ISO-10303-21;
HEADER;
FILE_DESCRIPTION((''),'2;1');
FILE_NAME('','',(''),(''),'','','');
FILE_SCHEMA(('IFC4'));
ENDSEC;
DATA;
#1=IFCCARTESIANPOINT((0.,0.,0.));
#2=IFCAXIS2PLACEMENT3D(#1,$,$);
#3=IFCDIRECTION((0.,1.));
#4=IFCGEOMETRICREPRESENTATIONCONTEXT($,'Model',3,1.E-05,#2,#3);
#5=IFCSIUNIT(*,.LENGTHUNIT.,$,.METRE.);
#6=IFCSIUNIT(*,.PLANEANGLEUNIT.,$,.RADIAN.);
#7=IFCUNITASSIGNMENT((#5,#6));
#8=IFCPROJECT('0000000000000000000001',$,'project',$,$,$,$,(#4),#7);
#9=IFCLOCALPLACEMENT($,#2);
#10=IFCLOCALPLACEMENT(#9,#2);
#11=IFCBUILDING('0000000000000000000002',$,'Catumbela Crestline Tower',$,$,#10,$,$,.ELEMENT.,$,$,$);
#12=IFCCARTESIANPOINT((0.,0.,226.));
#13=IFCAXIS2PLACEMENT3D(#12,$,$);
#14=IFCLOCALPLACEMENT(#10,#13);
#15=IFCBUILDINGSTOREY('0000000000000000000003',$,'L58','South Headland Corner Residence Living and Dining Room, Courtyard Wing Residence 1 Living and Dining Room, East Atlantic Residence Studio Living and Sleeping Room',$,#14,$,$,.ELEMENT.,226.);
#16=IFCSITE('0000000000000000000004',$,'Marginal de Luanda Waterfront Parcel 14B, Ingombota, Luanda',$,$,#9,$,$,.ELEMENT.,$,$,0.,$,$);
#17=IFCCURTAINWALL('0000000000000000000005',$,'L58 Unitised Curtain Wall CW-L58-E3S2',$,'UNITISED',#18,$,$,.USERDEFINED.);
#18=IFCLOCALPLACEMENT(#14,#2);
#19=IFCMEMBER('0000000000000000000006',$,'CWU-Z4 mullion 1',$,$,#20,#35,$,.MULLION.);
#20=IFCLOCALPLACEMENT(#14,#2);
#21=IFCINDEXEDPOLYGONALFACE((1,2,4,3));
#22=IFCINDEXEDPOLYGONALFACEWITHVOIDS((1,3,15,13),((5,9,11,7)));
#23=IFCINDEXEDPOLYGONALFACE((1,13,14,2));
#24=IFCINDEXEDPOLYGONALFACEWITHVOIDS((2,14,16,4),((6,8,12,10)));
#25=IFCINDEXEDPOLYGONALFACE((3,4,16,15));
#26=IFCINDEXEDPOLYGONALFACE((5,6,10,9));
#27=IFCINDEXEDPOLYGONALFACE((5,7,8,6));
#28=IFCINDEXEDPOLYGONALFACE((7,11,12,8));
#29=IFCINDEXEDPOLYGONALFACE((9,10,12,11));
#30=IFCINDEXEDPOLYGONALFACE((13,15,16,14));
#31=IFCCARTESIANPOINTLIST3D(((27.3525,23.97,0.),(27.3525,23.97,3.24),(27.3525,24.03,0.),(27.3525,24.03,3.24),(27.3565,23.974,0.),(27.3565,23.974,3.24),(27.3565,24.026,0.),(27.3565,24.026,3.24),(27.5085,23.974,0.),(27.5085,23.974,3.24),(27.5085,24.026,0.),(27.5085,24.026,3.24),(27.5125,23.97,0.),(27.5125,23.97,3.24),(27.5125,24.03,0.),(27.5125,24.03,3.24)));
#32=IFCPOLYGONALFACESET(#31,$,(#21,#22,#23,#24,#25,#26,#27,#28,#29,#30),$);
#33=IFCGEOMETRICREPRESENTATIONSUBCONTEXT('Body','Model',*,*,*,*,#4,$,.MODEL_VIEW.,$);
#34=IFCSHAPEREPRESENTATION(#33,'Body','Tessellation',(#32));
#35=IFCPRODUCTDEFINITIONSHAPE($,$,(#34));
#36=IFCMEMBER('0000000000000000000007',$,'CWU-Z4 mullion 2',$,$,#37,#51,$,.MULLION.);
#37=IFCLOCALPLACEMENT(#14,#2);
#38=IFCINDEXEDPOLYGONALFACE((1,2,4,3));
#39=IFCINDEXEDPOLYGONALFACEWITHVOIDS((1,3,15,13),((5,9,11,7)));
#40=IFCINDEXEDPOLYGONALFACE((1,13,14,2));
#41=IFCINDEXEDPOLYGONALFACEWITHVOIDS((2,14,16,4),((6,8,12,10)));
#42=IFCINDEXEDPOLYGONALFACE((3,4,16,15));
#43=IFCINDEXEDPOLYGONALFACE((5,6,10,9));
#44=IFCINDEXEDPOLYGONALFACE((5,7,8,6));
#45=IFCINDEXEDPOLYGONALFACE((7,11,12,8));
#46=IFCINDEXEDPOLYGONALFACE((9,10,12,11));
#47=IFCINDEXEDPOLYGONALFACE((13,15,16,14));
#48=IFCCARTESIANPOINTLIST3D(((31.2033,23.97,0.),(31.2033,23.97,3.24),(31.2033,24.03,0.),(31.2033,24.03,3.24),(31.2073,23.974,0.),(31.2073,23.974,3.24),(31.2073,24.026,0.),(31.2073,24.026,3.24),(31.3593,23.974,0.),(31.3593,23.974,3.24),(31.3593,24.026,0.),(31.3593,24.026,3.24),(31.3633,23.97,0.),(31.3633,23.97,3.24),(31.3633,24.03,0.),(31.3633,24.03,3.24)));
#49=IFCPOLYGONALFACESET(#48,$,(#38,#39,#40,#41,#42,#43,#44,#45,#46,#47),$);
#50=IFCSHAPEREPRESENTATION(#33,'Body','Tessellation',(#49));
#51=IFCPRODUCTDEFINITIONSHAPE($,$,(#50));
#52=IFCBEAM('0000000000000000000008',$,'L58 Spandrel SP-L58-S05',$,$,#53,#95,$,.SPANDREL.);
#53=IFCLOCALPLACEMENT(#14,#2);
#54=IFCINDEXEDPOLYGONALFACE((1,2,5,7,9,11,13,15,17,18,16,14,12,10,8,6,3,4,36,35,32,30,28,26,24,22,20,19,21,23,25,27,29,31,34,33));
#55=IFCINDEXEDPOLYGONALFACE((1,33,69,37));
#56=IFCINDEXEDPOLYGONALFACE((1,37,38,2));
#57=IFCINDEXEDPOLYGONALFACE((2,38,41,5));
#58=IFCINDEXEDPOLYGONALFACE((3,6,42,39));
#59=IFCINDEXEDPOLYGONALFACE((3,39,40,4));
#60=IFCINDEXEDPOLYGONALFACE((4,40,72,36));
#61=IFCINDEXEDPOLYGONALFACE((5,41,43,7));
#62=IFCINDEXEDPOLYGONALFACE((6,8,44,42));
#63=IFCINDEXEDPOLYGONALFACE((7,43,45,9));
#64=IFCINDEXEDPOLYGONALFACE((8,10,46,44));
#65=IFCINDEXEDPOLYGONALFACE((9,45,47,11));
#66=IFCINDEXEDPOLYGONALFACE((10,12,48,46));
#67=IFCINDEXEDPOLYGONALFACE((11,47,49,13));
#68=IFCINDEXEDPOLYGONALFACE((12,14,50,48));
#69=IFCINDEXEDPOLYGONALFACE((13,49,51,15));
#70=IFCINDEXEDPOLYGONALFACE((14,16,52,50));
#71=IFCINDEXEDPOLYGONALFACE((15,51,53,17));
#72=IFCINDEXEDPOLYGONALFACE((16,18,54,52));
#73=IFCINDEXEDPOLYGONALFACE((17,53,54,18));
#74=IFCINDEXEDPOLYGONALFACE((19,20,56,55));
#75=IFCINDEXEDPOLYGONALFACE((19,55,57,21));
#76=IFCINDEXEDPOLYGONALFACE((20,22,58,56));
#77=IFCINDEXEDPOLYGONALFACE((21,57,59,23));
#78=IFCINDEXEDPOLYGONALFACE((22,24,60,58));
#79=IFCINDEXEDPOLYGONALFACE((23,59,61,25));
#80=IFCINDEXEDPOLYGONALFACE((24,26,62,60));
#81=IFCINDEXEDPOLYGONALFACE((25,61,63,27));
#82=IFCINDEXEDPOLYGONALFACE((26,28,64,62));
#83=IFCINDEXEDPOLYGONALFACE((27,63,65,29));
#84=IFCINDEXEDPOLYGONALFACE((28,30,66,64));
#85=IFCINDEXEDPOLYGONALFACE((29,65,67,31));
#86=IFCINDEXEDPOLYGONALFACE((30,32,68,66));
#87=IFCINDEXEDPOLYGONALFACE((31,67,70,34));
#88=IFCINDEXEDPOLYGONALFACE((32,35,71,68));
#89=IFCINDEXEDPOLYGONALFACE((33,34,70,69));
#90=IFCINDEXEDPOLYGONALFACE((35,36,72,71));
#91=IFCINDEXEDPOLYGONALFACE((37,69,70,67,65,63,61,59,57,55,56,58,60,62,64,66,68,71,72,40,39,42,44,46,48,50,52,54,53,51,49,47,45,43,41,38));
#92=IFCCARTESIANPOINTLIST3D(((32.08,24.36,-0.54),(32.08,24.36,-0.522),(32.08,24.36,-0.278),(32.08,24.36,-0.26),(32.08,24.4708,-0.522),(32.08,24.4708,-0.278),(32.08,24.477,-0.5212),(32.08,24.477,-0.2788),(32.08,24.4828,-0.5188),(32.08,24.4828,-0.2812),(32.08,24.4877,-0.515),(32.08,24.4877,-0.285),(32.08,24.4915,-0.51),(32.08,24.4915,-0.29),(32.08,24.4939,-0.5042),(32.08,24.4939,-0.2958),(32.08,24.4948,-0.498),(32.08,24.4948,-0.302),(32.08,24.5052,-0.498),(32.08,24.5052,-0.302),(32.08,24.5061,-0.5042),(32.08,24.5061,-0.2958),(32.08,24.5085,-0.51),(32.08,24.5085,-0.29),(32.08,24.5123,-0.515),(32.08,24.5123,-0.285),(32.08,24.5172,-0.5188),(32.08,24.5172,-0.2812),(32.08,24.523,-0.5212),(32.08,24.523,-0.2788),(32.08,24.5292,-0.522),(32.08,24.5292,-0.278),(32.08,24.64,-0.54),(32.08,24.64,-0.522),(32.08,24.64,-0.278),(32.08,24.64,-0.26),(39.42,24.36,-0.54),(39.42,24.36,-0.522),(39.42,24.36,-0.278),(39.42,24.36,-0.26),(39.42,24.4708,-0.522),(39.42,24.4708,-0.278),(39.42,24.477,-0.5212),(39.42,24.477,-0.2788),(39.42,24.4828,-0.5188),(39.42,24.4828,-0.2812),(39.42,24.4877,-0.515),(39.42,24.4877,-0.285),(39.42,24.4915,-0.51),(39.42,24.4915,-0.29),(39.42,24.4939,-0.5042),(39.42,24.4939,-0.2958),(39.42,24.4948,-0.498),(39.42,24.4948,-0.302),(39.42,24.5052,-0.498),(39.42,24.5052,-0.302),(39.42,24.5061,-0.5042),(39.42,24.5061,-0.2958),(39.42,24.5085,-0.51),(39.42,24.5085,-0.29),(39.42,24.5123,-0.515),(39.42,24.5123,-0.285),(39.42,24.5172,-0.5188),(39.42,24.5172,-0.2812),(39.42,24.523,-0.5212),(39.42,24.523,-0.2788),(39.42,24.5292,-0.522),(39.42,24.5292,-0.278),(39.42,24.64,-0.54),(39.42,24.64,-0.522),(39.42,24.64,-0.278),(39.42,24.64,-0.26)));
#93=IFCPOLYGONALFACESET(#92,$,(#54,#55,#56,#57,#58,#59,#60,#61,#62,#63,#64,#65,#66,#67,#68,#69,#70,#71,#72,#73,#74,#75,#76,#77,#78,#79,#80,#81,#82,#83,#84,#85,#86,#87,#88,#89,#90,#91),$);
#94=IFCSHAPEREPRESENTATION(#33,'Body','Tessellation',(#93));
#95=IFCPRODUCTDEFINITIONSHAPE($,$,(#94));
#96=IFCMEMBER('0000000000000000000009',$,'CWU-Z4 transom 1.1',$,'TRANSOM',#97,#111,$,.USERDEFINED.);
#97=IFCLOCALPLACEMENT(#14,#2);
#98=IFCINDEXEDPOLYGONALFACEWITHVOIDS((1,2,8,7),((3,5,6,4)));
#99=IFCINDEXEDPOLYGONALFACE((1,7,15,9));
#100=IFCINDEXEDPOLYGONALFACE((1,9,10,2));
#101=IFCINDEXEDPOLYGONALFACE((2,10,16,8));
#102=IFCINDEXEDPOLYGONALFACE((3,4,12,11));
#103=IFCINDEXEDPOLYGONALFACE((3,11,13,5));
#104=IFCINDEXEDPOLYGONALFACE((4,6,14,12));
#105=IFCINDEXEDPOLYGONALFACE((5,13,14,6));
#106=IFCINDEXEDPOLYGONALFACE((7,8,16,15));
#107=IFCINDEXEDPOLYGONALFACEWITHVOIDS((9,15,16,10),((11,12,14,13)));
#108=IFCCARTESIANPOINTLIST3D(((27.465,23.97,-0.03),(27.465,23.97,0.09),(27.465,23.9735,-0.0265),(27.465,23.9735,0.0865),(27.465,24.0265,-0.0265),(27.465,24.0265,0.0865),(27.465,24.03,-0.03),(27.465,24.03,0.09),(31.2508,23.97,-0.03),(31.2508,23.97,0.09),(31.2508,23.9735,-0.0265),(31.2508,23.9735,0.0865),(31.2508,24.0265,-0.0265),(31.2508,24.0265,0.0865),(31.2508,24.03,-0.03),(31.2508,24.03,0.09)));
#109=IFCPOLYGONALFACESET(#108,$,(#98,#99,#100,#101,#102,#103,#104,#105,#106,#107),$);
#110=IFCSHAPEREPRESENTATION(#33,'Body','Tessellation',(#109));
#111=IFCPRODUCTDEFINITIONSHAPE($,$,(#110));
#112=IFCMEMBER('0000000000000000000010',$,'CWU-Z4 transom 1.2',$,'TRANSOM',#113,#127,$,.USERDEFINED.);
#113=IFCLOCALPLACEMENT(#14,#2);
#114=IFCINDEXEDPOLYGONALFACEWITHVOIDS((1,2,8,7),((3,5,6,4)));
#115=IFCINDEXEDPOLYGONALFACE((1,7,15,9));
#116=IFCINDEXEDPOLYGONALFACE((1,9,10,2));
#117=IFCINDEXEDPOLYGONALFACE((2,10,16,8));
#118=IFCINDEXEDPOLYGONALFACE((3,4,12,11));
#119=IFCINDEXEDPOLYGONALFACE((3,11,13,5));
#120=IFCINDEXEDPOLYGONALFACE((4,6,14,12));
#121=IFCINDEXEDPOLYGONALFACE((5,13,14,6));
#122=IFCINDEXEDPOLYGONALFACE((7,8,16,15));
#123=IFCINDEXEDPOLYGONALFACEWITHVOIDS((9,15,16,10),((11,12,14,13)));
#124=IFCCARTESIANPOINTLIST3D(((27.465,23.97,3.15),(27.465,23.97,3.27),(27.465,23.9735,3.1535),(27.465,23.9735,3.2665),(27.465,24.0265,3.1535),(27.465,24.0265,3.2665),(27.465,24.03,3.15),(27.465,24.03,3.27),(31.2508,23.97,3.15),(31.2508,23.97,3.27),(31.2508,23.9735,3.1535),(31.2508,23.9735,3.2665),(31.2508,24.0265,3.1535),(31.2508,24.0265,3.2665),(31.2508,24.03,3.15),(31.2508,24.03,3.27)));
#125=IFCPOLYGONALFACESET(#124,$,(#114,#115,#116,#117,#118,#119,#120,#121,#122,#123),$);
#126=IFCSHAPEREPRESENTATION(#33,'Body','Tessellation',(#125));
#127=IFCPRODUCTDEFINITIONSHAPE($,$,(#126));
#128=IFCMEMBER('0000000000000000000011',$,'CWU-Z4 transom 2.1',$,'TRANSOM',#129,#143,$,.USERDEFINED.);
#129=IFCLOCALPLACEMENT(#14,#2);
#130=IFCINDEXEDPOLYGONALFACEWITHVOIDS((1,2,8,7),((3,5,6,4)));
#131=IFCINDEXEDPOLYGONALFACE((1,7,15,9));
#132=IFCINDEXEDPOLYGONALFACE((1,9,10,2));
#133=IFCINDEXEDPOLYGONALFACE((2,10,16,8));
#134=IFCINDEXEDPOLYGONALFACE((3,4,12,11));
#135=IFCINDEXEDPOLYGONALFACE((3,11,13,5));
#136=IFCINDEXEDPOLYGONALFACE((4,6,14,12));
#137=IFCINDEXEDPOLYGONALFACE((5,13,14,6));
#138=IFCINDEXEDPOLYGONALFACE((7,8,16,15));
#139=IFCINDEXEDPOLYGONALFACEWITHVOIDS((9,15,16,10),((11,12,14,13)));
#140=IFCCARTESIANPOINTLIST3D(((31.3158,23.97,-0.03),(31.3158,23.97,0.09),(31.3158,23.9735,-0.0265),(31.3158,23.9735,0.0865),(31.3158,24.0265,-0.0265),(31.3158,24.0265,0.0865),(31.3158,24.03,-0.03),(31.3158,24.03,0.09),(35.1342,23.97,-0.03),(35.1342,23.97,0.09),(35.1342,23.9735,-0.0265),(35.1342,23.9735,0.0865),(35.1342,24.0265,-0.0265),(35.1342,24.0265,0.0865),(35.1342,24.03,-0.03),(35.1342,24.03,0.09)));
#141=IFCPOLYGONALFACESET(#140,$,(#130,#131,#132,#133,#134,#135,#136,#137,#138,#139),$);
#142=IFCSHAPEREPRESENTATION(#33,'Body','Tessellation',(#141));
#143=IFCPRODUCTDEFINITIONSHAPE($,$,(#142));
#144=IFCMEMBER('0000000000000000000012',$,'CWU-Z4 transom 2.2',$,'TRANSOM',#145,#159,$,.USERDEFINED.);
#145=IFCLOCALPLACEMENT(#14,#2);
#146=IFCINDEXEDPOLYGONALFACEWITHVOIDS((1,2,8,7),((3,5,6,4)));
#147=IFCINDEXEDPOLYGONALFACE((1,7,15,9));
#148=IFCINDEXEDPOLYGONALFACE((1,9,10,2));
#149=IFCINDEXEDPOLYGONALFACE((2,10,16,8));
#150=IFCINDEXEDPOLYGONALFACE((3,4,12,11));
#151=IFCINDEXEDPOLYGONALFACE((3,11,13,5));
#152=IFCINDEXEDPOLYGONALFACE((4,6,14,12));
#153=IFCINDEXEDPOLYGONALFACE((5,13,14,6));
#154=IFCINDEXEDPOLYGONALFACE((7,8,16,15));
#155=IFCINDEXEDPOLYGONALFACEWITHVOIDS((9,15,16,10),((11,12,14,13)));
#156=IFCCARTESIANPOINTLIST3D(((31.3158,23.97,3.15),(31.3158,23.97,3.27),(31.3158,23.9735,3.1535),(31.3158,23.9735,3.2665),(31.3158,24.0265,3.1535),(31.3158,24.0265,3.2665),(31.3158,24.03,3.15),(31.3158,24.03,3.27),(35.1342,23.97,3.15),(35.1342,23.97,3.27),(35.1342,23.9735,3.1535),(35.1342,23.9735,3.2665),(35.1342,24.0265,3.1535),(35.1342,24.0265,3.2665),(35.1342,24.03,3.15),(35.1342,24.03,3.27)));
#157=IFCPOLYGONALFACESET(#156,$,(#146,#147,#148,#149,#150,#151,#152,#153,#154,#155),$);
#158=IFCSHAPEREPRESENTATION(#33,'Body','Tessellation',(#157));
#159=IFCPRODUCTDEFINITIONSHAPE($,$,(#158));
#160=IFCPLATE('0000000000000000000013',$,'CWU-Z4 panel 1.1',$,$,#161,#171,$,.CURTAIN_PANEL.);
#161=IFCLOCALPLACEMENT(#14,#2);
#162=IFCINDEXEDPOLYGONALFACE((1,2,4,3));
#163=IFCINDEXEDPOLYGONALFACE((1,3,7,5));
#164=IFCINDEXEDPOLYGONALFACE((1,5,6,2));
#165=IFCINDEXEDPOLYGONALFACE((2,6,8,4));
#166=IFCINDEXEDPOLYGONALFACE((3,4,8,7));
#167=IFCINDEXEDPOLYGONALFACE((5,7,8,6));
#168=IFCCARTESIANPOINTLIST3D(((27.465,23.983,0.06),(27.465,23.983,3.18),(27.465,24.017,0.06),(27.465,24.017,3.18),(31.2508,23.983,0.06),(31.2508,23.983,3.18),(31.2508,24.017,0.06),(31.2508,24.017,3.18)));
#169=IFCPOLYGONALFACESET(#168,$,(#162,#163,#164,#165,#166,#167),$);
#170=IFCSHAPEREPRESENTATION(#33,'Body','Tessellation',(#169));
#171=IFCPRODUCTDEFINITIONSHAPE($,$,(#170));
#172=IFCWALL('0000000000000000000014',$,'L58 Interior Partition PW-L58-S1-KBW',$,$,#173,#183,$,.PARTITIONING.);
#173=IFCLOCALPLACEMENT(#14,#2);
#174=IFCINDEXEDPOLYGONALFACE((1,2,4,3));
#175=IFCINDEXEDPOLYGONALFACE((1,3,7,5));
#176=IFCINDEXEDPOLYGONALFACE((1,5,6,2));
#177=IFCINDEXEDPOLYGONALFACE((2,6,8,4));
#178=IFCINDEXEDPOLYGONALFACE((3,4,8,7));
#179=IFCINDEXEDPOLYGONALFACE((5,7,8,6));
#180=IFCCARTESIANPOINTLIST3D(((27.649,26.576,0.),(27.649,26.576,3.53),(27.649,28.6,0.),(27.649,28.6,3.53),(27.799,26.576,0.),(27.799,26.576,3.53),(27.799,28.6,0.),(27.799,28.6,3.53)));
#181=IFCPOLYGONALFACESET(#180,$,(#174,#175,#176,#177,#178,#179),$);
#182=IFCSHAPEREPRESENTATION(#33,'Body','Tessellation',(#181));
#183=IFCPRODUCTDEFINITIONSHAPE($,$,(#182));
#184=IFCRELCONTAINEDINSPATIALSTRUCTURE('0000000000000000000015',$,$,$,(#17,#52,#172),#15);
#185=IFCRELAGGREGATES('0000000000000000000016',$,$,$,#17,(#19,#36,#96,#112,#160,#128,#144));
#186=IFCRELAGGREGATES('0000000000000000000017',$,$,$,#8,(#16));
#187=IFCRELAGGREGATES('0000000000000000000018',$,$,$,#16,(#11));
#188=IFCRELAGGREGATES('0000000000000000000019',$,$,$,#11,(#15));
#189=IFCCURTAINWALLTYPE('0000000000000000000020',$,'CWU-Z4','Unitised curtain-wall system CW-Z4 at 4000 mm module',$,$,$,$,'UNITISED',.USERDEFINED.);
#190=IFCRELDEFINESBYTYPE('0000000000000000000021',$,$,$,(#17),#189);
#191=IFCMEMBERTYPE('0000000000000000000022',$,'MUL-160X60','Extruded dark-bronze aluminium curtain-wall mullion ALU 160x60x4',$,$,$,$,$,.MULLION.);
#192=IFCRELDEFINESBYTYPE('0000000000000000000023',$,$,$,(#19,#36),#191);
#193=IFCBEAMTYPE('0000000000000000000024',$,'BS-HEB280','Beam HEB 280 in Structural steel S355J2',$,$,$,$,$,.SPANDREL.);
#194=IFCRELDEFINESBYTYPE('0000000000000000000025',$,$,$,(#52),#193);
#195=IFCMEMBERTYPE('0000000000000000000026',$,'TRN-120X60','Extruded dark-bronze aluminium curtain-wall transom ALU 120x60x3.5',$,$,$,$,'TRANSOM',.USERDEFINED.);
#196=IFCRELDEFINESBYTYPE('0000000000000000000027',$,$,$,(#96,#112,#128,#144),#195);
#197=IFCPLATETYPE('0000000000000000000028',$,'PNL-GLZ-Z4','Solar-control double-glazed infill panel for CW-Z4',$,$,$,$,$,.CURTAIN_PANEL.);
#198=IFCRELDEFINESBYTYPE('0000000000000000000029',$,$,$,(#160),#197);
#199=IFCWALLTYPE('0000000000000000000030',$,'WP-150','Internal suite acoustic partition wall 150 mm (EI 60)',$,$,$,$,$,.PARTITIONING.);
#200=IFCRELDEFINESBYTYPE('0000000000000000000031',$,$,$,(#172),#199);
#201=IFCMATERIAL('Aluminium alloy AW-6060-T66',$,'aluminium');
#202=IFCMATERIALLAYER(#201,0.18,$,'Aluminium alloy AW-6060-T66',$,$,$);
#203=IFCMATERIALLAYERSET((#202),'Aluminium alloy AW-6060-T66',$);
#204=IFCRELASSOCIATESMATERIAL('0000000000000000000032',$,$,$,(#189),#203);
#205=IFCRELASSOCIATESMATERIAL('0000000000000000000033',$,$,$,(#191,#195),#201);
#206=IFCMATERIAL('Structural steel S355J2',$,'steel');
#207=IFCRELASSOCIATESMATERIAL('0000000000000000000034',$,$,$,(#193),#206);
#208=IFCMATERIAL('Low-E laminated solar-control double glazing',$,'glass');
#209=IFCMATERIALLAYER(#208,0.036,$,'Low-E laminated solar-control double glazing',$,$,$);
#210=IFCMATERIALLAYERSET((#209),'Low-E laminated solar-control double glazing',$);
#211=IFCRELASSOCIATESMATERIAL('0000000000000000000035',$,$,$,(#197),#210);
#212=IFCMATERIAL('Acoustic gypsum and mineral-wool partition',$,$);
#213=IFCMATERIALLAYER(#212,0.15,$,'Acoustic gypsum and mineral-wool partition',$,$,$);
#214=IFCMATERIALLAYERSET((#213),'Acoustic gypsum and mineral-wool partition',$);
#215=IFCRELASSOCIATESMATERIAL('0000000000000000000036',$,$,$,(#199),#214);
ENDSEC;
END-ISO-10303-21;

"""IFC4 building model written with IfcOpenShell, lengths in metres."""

from ifc_helpers import new_model, si_unit, direction, frame, frame_2d, origin, origin_2d, place, context, subcontext, project, spatial, rectangle, hollow_rectangle, i_section, extrude, material, layer, layer_set, material_profile, profile_set, type_object, element, aggregate, save


model = new_model("IFC4")

# Units and contexts
model_context = context("Model", 3, precision=1e-05, world=origin(), true_north=direction((0.0, 1.0)))
body_context = subcontext(model_context, "Body", "Model", "MODEL_VIEW")
ifc_project = project(units=[si_unit("LENGTHUNIT", "METRE"), si_unit("PLANEANGLEUNIT", "RADIAN")], contexts=[model_context])

# Site, building, storey
site_placement = place(None, origin())
site = spatial("IfcSite", under=ifc_project, at=site_placement, Name="Marginal de Luanda Waterfront Parcel 14B, Ingombota, Luanda", CompositionType="ELEMENT", RefElevation=0.0)
building_placement = place(site_placement, origin())
building = spatial("IfcBuilding", under=site, at=building_placement, Name="Catumbela Crestline Tower", CompositionType="ELEMENT")
storey_placement = place(building_placement, frame((0.0, 0.0, 226.0)))
storey = spatial("IfcBuildingStorey", under=building, at=storey_placement, Name="L58", Description="South Headland Corner Residence Living and Dining Room, Courtyard Wing Residence 1 Living and Dining Room, East Atlantic Residence Studio Living and Sleeping Room", CompositionType="ELEMENT", Elevation=226.0)

# Shared definitions
ifc_material_1 = material(Name="Structural steel S355J2", Category="steel")

# Curtain wall, members
ifc_material_2 = material(Name="Aluminium alloy AW-6060-T66", Category="aluminium")
ifc_layer_1 = layer(ifc_material_2, 0.18, Name="Aluminium alloy AW-6060-T66")
ifc_layer_set_1 = layer_set([ifc_layer_1], Name="Aluminium alloy AW-6060-T66")
curtain_wall_type = type_object("IfcCurtainWallType", Name="CWU-Z4", Description="Unitised curtain-wall system CW-Z4 at 4000 mm module", ElementType="UNITISED", PredefinedType="USERDEFINED", material=ifc_layer_set_1)
curtain_wall_placement = place(storey_placement, origin())
curtain_wall = element("IfcCurtainWall", 1, at=curtain_wall_placement, inside=storey, type_object=curtain_wall_type, Name="L58 Unitised Curtain Wall CW-L58-E3S2", ObjectType="UNITISED", PredefinedType="USERDEFINED")
ifc_material_profile_1 = material_profile(ifc_material_2, hollow_rectangle(XDim=0.06, YDim=0.16, WallThickness=0.004, at=origin_2d()), Name="ALU 160x60x4")
ifc_profile_set_1 = profile_set([ifc_material_profile_1], Name="Aluminium alloy AW-6060-T66")
member_type_1 = type_object("IfcMemberType", Name="MUL-160X60", Description="Extruded dark-bronze aluminium curtain-wall mullion ALU 160x60x4", PredefinedType="MULLION", material=ifc_profile_set_1)
member_1_placement = place(storey_placement, frame((27.4325, 24.0, 0.0), z_axis=(0.0, 0.0, 1.0), x_axis=(0.0, 1.0, 0.0)))
member_1 = element("IfcMember", 2, at=member_1_placement, type_object=member_type_1, Name="CWU-Z4 mullion 1", PredefinedType="MULLION", context=body_context, shape_type="SweptSolid", body=[
    extrude(hollow_rectangle(XDim=0.06, YDim=0.16, WallThickness=0.004, at=origin_2d()), origin(), (0.0, 0.0, 1.0), 3.24),
])
member_2_placement = place(storey_placement, frame((31.2833, 24.0, 0.0), z_axis=(0.0, 0.0, 1.0), x_axis=(0.0, 1.0, 0.0)))
member_2 = element("IfcMember", 3, at=member_2_placement, type_object=member_type_1, Name="CWU-Z4 mullion 2", PredefinedType="MULLION", context=body_context, shape_type="SweptSolid", body=[
    extrude(hollow_rectangle(XDim=0.06, YDim=0.16, WallThickness=0.004, at=origin_2d()), origin(), (0.0, 0.0, 1.0), 3.24),
])

# Beam
ifc_material_profile_2 = material_profile(ifc_material_1, i_section(OverallWidth=0.28, OverallDepth=0.28, WebThickness=0.0105, FlangeThickness=0.018, FilletRadius=0.024, at=origin_2d()), Name="HEB 280")
ifc_profile_set_2 = profile_set([ifc_material_profile_2], Name="Structural steel S355J2")
beam_type_1 = type_object("IfcBeamType", Name="BS-HEB280", Description="Beam HEB 280 in Structural steel S355J2", PredefinedType="SPANDREL", material=ifc_profile_set_2)
beam_1_placement = place(storey_placement, frame((32.08, 24.5, -0.4), z_axis=(1.0, 0.0, 0.0), x_axis=(0.0, 1.0, 0.0)))
element("IfcBeam", 4, at=beam_1_placement, inside=storey, type_object=beam_type_1, Name="L58 Spandrel SP-L58-S05", PredefinedType="SPANDREL", context=body_context, shape_type="SweptSolid", body=[
    extrude(i_section(OverallWidth=0.28, OverallDepth=0.28, WebThickness=0.0105, FlangeThickness=0.018, FilletRadius=0.024, at=origin_2d()), origin(), (0.0, 0.0, 1.0), 7.34),
])

# Members
ifc_material_profile_3 = material_profile(ifc_material_2, hollow_rectangle(XDim=0.06, YDim=0.12, WallThickness=0.0035, at=origin_2d()), Name="ALU 120x60x3.5")
ifc_profile_set_3 = profile_set([ifc_material_profile_3], Name="Aluminium alloy AW-6060-T66")
member_type_2 = type_object("IfcMemberType", Name="TRN-120X60", Description="Extruded dark-bronze aluminium curtain-wall transom ALU 120x60x3.5", ElementType="TRANSOM", PredefinedType="USERDEFINED", material=ifc_profile_set_3)
member_3_placement = place(storey_placement, frame((27.465, 24.0, 0.03), z_axis=(1.0, 0.0, 0.0), x_axis=(0.0, 1.0, 0.0)))
member_3 = element("IfcMember", 5, at=member_3_placement, type_object=member_type_2, Name="CWU-Z4 transom 1.1", ObjectType="TRANSOM", PredefinedType="USERDEFINED", context=body_context, shape_type="SweptSolid", body=[
    extrude(hollow_rectangle(XDim=0.06, YDim=0.12, WallThickness=0.0035, at=origin_2d()), origin(), (0.0, 0.0, 1.0), 3.7858),
])
member_4_placement = place(storey_placement, frame((27.465, 24.0, 3.21), z_axis=(1.0, 0.0, 0.0), x_axis=(0.0, 1.0, 0.0)))
member_4 = element("IfcMember", 6, at=member_4_placement, type_object=member_type_2, Name="CWU-Z4 transom 1.2", ObjectType="TRANSOM", PredefinedType="USERDEFINED", context=body_context, shape_type="SweptSolid", body=[
    extrude(hollow_rectangle(XDim=0.06, YDim=0.12, WallThickness=0.0035, at=origin_2d()), origin(), (0.0, 0.0, 1.0), 3.7858),
])
member_5_placement = place(storey_placement, frame((31.3158, 24.0, 0.03), z_axis=(1.0, 0.0, 0.0), x_axis=(0.0, 1.0, 0.0)))
member_5 = element("IfcMember", 7, at=member_5_placement, type_object=member_type_2, Name="CWU-Z4 transom 2.1", ObjectType="TRANSOM", PredefinedType="USERDEFINED", context=body_context, shape_type="SweptSolid", body=[
    extrude(hollow_rectangle(XDim=0.06, YDim=0.12, WallThickness=0.0035, at=origin_2d()), origin(), (0.0, 0.0, 1.0), 3.8184),
])
member_6_placement = place(storey_placement, frame((31.3158, 24.0, 3.21), z_axis=(1.0, 0.0, 0.0), x_axis=(0.0, 1.0, 0.0)))
member_6 = element("IfcMember", 8, at=member_6_placement, type_object=member_type_2, Name="CWU-Z4 transom 2.2", ObjectType="TRANSOM", PredefinedType="USERDEFINED", context=body_context, shape_type="SweptSolid", body=[
    extrude(hollow_rectangle(XDim=0.06, YDim=0.12, WallThickness=0.0035, at=origin_2d()), origin(), (0.0, 0.0, 1.0), 3.8184),
])

# Plate
ifc_material_3 = material(Name="Low-E laminated solar-control double glazing", Category="glass")
ifc_layer_2 = layer(ifc_material_3, 0.036, Name="Low-E laminated solar-control double glazing")
ifc_layer_set_2 = layer_set([ifc_layer_2], Name="Low-E laminated solar-control double glazing")
plate_type = type_object("IfcPlateType", Name="PNL-GLZ-Z4", Description="Solar-control double-glazed infill panel for CW-Z4", PredefinedType="CURTAIN_PANEL", material=ifc_layer_set_2)
plate_placement = place(storey_placement, frame((29.3579, 24.0, 0.06), z_axis=(0.0, 0.0, 1.0), x_axis=(1.0, 0.0, 0.0)))
plate = element("IfcPlate", 9, at=plate_placement, type_object=plate_type, Name="CWU-Z4 panel 1.1", PredefinedType="CURTAIN_PANEL", context=body_context, shape_type="SweptSolid", body=[
    extrude(rectangle(XDim=3.7858, YDim=0.034, at=origin_2d()), origin(), (0.0, 0.0, 1.0), 3.12),
])
aggregate(curtain_wall, [member_1, member_2, member_3, member_4, plate, member_5, member_6])

# Wall
ifc_material_4 = material(Name="Acoustic gypsum and mineral-wool partition")
ifc_layer_3 = layer(ifc_material_4, 0.15, Name="Acoustic gypsum and mineral-wool partition")
ifc_layer_set_3 = layer_set([ifc_layer_3], Name="Acoustic gypsum and mineral-wool partition")
wall_type = type_object("IfcWallType", Name="WP-150", Description="Internal suite acoustic partition wall 150 mm (EI 60)", PredefinedType="PARTITIONING", material=ifc_layer_set_3)
for number, where, z_axis, x_axis, name in (
    (10, (27.724, 26.576, 0.0), (0.0, 0.0, 1.0), (0.0, 1.0, 0.0), "L58 Interior Partition PW-L58-S1-KBW"),
):
    element("IfcWall", number, at=place(storey_placement, frame(where, z_axis=z_axis, x_axis=x_axis)), inside=storey, type_object=wall_type, Name=name, PredefinedType="PARTITIONING", context=body_context, shape_type="SweptSolid", body=[
        extrude(rectangle(XDim=2.024, YDim=0.15, at=frame_2d((1.012, 0.0))), origin(), (0.0, 0.0, 1.0), 3.53),
    ])

save(model, "model.ifc")
